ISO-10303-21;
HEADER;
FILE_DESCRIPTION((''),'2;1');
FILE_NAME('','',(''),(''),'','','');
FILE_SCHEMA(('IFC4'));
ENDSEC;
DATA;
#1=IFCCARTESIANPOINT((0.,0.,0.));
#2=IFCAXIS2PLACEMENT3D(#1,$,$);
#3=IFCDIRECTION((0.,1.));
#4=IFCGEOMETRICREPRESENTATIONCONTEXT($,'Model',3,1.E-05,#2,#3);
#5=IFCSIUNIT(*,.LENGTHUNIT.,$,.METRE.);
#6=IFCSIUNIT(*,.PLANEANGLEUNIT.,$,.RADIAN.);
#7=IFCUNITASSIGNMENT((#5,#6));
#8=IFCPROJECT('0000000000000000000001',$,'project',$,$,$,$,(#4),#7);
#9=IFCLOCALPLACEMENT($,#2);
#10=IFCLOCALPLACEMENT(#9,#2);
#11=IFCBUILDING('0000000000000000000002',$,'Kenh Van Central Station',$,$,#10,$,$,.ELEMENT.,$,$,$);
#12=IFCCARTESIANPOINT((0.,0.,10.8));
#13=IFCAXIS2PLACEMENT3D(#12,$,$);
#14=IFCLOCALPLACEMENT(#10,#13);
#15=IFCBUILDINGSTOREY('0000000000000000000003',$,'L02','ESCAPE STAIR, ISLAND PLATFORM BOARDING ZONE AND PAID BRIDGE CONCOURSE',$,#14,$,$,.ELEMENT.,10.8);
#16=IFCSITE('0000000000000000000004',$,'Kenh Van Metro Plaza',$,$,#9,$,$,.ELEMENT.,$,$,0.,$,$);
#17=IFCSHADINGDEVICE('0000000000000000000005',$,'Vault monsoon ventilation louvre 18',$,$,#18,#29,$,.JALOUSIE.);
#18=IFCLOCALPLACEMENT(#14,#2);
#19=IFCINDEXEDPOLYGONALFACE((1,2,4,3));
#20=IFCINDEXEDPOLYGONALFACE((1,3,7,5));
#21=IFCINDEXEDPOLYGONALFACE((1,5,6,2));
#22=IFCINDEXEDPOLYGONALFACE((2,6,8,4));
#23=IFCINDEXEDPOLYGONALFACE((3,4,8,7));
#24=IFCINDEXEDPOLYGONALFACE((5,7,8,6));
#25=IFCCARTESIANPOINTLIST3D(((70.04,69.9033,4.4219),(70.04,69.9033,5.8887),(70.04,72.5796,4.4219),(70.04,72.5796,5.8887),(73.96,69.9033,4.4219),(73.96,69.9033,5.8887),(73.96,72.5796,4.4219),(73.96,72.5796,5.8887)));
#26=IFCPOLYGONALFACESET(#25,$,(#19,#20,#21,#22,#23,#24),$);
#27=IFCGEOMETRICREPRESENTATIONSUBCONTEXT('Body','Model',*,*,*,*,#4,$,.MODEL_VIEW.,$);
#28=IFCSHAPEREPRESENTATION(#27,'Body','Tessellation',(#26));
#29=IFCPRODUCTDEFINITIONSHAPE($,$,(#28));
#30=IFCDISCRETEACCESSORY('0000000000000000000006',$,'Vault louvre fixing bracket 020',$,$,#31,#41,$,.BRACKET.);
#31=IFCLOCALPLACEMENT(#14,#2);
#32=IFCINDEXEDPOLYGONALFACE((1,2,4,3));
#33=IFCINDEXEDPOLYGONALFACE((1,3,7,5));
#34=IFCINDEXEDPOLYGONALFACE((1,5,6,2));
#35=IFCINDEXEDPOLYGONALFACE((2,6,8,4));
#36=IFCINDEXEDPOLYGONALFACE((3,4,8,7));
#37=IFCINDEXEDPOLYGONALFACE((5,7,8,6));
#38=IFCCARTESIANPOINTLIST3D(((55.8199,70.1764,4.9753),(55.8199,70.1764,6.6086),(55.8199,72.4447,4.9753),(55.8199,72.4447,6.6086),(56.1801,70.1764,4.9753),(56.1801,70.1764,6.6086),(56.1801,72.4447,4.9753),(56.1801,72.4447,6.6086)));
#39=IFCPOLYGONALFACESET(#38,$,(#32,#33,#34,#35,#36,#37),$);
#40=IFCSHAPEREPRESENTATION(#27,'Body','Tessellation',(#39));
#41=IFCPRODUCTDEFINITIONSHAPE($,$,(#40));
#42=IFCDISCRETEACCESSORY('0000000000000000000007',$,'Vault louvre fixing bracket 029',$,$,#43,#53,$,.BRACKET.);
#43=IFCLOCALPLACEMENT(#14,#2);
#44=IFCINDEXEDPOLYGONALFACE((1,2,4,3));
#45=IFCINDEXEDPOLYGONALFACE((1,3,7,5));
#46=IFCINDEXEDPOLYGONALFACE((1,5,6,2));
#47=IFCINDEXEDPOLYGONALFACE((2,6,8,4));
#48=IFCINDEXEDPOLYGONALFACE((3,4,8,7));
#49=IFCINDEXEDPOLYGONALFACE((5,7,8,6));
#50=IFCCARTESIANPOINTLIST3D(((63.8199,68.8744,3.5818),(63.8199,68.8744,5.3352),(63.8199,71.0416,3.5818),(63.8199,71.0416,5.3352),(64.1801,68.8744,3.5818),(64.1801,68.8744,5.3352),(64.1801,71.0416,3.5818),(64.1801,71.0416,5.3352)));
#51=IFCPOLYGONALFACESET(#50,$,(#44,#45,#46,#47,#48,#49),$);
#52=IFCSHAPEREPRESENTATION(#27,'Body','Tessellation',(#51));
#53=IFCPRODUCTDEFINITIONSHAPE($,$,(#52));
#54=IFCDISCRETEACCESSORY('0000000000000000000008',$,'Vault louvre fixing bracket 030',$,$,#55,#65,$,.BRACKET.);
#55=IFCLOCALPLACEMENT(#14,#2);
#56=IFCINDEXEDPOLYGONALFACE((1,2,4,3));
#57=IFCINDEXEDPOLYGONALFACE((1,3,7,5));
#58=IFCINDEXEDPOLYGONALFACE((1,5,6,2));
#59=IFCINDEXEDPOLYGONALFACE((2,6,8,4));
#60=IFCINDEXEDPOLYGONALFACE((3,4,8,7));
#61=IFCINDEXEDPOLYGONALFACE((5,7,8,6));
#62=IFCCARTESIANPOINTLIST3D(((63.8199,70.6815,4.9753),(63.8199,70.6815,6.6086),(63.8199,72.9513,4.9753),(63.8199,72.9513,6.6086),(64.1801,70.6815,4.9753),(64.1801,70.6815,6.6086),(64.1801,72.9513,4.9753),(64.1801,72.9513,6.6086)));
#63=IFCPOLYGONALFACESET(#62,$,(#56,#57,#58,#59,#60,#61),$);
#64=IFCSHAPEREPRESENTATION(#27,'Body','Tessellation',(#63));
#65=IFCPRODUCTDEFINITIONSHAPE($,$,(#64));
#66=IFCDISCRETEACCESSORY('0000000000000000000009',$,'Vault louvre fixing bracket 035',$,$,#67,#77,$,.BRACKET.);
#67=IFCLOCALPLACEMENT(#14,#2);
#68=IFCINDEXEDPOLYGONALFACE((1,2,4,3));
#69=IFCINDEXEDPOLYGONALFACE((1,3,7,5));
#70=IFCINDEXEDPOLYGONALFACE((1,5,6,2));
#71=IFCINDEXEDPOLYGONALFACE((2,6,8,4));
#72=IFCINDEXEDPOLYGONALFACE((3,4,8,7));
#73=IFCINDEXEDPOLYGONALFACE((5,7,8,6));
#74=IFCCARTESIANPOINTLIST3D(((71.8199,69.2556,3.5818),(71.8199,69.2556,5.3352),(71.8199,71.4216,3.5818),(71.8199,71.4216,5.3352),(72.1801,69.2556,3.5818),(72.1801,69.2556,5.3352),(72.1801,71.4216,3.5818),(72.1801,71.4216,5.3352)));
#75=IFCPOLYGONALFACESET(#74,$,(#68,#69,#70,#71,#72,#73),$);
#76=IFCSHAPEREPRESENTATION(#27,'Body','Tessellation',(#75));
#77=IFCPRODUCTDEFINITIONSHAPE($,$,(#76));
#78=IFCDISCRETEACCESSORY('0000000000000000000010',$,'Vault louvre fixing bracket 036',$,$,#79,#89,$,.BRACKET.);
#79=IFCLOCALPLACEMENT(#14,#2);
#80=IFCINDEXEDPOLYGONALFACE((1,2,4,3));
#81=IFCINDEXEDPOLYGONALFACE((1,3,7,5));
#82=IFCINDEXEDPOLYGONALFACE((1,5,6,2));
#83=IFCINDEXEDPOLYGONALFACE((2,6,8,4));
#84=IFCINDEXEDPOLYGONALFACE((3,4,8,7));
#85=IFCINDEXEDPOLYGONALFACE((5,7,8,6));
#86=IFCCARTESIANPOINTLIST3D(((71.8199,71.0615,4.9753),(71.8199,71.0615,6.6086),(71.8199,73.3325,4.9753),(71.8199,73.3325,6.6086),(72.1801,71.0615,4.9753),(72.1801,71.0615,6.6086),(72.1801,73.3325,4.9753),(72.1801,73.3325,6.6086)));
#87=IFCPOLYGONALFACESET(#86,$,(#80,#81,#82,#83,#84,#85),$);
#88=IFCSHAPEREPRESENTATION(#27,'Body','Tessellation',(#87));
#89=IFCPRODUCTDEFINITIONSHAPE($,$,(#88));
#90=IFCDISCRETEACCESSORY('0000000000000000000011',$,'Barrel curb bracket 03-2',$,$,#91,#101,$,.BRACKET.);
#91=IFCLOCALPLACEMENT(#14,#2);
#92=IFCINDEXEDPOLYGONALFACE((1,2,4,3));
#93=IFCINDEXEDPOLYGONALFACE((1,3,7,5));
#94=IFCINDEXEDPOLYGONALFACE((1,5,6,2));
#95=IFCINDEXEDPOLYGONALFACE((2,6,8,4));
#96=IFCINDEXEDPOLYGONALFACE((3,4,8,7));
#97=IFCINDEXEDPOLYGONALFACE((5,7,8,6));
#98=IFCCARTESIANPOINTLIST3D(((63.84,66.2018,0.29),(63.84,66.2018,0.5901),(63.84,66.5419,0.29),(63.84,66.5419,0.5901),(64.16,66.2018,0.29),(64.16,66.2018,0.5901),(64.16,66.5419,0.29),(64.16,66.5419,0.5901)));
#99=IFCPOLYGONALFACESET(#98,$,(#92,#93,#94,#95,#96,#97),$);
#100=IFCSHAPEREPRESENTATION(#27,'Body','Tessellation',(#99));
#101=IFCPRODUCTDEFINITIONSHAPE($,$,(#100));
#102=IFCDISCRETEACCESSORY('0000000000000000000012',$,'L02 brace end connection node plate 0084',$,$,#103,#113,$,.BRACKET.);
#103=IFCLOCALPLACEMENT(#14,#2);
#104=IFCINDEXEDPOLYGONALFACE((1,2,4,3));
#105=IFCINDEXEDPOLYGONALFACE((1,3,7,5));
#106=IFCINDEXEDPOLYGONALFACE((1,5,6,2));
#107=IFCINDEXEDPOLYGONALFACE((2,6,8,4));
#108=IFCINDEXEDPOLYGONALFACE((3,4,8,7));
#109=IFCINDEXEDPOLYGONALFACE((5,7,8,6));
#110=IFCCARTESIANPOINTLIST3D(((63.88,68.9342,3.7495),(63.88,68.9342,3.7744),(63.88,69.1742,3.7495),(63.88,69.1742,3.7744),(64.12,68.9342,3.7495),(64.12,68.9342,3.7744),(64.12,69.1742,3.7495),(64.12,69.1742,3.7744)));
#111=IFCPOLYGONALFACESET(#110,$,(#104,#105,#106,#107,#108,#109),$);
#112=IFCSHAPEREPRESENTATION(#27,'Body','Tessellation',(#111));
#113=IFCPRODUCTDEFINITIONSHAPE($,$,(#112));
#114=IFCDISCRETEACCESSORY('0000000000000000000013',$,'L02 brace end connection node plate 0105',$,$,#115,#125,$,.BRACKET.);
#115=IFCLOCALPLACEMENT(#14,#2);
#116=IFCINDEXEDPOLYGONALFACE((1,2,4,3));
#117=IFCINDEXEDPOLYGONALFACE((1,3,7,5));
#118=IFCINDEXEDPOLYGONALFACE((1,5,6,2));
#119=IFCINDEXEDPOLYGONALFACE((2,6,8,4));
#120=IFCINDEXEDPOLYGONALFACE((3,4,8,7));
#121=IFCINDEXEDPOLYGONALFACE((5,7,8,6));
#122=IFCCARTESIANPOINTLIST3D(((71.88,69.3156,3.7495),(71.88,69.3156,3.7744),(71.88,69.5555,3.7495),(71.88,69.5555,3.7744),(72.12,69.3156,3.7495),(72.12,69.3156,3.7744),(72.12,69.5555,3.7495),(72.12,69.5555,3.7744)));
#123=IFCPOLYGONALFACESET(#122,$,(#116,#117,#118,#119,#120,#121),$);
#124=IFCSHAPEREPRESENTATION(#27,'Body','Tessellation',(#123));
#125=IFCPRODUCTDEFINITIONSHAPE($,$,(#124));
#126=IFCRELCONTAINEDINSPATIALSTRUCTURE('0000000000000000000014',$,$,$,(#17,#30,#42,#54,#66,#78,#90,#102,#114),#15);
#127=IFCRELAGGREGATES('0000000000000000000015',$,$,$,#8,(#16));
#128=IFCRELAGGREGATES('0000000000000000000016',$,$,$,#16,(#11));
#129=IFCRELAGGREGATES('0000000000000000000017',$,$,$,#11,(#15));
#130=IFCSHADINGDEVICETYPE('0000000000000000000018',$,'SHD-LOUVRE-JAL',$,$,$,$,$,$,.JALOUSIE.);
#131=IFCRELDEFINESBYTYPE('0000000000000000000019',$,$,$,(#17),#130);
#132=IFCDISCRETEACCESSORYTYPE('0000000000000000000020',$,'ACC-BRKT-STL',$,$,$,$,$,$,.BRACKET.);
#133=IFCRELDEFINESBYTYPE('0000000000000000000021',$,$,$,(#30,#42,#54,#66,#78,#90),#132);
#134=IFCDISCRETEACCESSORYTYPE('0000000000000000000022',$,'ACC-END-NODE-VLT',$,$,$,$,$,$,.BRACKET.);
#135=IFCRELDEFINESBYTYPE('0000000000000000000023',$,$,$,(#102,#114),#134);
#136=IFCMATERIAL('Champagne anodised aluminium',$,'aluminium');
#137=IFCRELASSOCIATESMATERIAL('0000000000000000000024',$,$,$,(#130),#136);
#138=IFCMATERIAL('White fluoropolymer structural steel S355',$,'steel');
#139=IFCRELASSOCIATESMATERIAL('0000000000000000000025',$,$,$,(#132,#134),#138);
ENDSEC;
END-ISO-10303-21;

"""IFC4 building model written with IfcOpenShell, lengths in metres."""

from ifc_helpers import new_model, si_unit, direction, frame, origin, origin_2d, place, context, subcontext, project, spatial, rectangle, extrude, material, type_object, element, save


model = new_model("IFC4")

# Units and contexts
model_context = context("Model", 3, precision=1e-05, world=origin(), true_north=direction((0.0, 1.0)))
body_context = subcontext(model_context, "Body", "Model", "MODEL_VIEW")
ifc_project = project(units=[si_unit("LENGTHUNIT", "METRE"), si_unit("PLANEANGLEUNIT", "RADIAN")], contexts=[model_context])

# Site, building, storey
site_placement = place(None, origin())
site = spatial("IfcSite", under=ifc_project, at=site_placement, Name="Kenh Van Metro Plaza", CompositionType="ELEMENT", RefElevation=0.0)
building_placement = place(site_placement, origin())
building = spatial("IfcBuilding", under=site, at=building_placement, Name="Kenh Van Central Station", CompositionType="ELEMENT")
storey_placement = place(building_placement, frame((0.0, 0.0, 10.8)))
storey = spatial("IfcBuildingStorey", under=building, at=storey_placement, Name="L02", Description="ESCAPE STAIR, ISLAND PLATFORM BOARDING ZONE AND PAID BRIDGE CONCOURSE", CompositionType="ELEMENT", Elevation=10.8)

# Shared definitions
ifc_material_1 = material(Name="White fluoropolymer structural steel S355", Category="steel")

# Shared definitions
ifc_material_2 = material(Name="Champagne anodised aluminium", Category="aluminium")

# Shading device
shading_device_type = type_object("IfcShadingDeviceType", Name="SHD-LOUVRE-JAL", PredefinedType="JALOUSIE", material=ifc_material_2)
for number, where, z_axis, x_axis, name in (
    (1, (72.0, 71.2415, 4.4219), (0.0, 0.0, 1.0), (1.0, 0.0, 0.0), "Vault monsoon ventilation louvre 18"),
):
    element("IfcShadingDevice", number, at=place(storey_placement, frame(where, z_axis=z_axis, x_axis=x_axis)), inside=storey, type_object=shading_device_type, Name=name, PredefinedType="JALOUSIE", context=body_context, shape_type="SweptSolid", body=[
        extrude(rectangle(XDim=3.9199, YDim=2.6763, at=origin_2d()), origin(), (0.0, 0.0, 1.0), 1.4668),
    ])

# Discrete accessories
discrete_accessory_type_1 = type_object("IfcDiscreteAccessoryType", Name="ACC-BRKT-STL", PredefinedType="BRACKET", material=ifc_material_1)
discrete_accessory_1_placement = place(storey_placement, frame((56.0, 71.3105, 4.9753), z_axis=(0.0, 0.0, 1.0), x_axis=(1.0, 0.0, 0.0)))
element("IfcDiscreteAccessory", 2, at=discrete_accessory_1_placement, inside=storey, type_object=discrete_accessory_type_1, Name="Vault louvre fixing bracket 020", PredefinedType="BRACKET", context=body_context, shape_type="SweptSolid", body=[
    extrude(rectangle(XDim=0.3601, YDim=2.2683, at=origin_2d()), origin(), (0.0, 0.0, 1.0), 1.6333),
])
discrete_accessory_2_placement = place(storey_placement, frame((64.0, 69.958, 3.5818), z_axis=(0.0, 0.0, 1.0), x_axis=(1.0, 0.0, 0.0)))
element("IfcDiscreteAccessory", 3, at=discrete_accessory_2_placement, inside=storey, type_object=discrete_accessory_type_1, Name="Vault louvre fixing bracket 029", PredefinedType="BRACKET", context=body_context, shape_type="SweptSolid", body=[
    extrude(rectangle(XDim=0.3601, YDim=2.1672, at=origin_2d()), origin(), (0.0, 0.0, 1.0), 1.7534),
])
discrete_accessory_3_placement = place(storey_placement, frame((64.0, 71.8164, 4.9753), z_axis=(0.0, 0.0, 1.0), x_axis=(1.0, 0.0, 0.0)))
element("IfcDiscreteAccessory", 4, at=discrete_accessory_3_placement, inside=storey, type_object=discrete_accessory_type_1, Name="Vault louvre fixing bracket 030", PredefinedType="BRACKET", context=body_context, shape_type="SweptSolid", body=[
    extrude(rectangle(XDim=0.3601, YDim=2.2698, at=origin_2d()), origin(), (0.0, 0.0, 1.0), 1.6333),
])
discrete_accessory_4_placement = place(storey_placement, frame((72.0, 70.3386, 3.5818), z_axis=(0.0, 0.0, 1.0), x_axis=(1.0, 0.0, 0.0)))
element("IfcDiscreteAccessory", 5, at=discrete_accessory_4_placement, inside=storey, type_object=discrete_accessory_type_1, Name="Vault louvre fixing bracket 035", PredefinedType="BRACKET", context=body_context, shape_type="SweptSolid", body=[
    extrude(rectangle(XDim=0.3601, YDim=2.166, at=origin_2d()), origin(), (0.0, 0.0, 1.0), 1.7534),
])
discrete_accessory_5_placement = place(storey_placement, frame((72.0, 72.197, 4.9753), z_axis=(0.0, 0.0, 1.0), x_axis=(1.0, 0.0, 0.0)))
element("IfcDiscreteAccessory", 6, at=discrete_accessory_5_placement, inside=storey, type_object=discrete_accessory_type_1, Name="Vault louvre fixing bracket 036", PredefinedType="BRACKET", context=body_context, shape_type="SweptSolid", body=[
    extrude(rectangle(XDim=0.3601, YDim=2.271, at=origin_2d()), origin(), (0.0, 0.0, 1.0), 1.6333),
])
discrete_accessory_6_placement = place(storey_placement, frame((64.0, 66.3718, 0.29), z_axis=(0.0, 0.0, 1.0), x_axis=(1.0, 0.0, 0.0)))
element("IfcDiscreteAccessory", 7, at=discrete_accessory_6_placement, inside=storey, type_object=discrete_accessory_type_1, Name="Barrel curb bracket 03-2", PredefinedType="BRACKET", context=body_context, shape_type="SweptSolid", body=[
    extrude(rectangle(XDim=0.3201, YDim=0.3401, at=origin_2d()), origin(), (0.0, 0.0, 1.0), 0.3),
])
discrete_accessory_type_2 = type_object("IfcDiscreteAccessoryType", Name="ACC-END-NODE-VLT", PredefinedType="BRACKET", material=ifc_material_1)
for number, where, z_axis, x_axis, name in (
    (8, (64.0, 69.0542, 3.7495), (0.0, 0.0, 1.0), (1.0, 0.0, 0.0), "L02 brace end connection node plate 0084"),
    (9, (72.0, 69.4355, 3.7495), (0.0, 0.0, 1.0), (1.0, 0.0, 0.0), "L02 brace end connection node plate 0105"),
):
    element("IfcDiscreteAccessory", number, at=place(storey_placement, frame(where, z_axis=z_axis, x_axis=x_axis)), inside=storey, type_object=discrete_accessory_type_2, Name=name, PredefinedType="BRACKET", context=body_context, shape_type="SweptSolid", body=[
        extrude(rectangle(XDim=0.24, YDim=0.24, at=origin_2d()), origin(), (0.0, 0.0, 1.0), 0.0249),
    ])

save(model, "model.ifc")
